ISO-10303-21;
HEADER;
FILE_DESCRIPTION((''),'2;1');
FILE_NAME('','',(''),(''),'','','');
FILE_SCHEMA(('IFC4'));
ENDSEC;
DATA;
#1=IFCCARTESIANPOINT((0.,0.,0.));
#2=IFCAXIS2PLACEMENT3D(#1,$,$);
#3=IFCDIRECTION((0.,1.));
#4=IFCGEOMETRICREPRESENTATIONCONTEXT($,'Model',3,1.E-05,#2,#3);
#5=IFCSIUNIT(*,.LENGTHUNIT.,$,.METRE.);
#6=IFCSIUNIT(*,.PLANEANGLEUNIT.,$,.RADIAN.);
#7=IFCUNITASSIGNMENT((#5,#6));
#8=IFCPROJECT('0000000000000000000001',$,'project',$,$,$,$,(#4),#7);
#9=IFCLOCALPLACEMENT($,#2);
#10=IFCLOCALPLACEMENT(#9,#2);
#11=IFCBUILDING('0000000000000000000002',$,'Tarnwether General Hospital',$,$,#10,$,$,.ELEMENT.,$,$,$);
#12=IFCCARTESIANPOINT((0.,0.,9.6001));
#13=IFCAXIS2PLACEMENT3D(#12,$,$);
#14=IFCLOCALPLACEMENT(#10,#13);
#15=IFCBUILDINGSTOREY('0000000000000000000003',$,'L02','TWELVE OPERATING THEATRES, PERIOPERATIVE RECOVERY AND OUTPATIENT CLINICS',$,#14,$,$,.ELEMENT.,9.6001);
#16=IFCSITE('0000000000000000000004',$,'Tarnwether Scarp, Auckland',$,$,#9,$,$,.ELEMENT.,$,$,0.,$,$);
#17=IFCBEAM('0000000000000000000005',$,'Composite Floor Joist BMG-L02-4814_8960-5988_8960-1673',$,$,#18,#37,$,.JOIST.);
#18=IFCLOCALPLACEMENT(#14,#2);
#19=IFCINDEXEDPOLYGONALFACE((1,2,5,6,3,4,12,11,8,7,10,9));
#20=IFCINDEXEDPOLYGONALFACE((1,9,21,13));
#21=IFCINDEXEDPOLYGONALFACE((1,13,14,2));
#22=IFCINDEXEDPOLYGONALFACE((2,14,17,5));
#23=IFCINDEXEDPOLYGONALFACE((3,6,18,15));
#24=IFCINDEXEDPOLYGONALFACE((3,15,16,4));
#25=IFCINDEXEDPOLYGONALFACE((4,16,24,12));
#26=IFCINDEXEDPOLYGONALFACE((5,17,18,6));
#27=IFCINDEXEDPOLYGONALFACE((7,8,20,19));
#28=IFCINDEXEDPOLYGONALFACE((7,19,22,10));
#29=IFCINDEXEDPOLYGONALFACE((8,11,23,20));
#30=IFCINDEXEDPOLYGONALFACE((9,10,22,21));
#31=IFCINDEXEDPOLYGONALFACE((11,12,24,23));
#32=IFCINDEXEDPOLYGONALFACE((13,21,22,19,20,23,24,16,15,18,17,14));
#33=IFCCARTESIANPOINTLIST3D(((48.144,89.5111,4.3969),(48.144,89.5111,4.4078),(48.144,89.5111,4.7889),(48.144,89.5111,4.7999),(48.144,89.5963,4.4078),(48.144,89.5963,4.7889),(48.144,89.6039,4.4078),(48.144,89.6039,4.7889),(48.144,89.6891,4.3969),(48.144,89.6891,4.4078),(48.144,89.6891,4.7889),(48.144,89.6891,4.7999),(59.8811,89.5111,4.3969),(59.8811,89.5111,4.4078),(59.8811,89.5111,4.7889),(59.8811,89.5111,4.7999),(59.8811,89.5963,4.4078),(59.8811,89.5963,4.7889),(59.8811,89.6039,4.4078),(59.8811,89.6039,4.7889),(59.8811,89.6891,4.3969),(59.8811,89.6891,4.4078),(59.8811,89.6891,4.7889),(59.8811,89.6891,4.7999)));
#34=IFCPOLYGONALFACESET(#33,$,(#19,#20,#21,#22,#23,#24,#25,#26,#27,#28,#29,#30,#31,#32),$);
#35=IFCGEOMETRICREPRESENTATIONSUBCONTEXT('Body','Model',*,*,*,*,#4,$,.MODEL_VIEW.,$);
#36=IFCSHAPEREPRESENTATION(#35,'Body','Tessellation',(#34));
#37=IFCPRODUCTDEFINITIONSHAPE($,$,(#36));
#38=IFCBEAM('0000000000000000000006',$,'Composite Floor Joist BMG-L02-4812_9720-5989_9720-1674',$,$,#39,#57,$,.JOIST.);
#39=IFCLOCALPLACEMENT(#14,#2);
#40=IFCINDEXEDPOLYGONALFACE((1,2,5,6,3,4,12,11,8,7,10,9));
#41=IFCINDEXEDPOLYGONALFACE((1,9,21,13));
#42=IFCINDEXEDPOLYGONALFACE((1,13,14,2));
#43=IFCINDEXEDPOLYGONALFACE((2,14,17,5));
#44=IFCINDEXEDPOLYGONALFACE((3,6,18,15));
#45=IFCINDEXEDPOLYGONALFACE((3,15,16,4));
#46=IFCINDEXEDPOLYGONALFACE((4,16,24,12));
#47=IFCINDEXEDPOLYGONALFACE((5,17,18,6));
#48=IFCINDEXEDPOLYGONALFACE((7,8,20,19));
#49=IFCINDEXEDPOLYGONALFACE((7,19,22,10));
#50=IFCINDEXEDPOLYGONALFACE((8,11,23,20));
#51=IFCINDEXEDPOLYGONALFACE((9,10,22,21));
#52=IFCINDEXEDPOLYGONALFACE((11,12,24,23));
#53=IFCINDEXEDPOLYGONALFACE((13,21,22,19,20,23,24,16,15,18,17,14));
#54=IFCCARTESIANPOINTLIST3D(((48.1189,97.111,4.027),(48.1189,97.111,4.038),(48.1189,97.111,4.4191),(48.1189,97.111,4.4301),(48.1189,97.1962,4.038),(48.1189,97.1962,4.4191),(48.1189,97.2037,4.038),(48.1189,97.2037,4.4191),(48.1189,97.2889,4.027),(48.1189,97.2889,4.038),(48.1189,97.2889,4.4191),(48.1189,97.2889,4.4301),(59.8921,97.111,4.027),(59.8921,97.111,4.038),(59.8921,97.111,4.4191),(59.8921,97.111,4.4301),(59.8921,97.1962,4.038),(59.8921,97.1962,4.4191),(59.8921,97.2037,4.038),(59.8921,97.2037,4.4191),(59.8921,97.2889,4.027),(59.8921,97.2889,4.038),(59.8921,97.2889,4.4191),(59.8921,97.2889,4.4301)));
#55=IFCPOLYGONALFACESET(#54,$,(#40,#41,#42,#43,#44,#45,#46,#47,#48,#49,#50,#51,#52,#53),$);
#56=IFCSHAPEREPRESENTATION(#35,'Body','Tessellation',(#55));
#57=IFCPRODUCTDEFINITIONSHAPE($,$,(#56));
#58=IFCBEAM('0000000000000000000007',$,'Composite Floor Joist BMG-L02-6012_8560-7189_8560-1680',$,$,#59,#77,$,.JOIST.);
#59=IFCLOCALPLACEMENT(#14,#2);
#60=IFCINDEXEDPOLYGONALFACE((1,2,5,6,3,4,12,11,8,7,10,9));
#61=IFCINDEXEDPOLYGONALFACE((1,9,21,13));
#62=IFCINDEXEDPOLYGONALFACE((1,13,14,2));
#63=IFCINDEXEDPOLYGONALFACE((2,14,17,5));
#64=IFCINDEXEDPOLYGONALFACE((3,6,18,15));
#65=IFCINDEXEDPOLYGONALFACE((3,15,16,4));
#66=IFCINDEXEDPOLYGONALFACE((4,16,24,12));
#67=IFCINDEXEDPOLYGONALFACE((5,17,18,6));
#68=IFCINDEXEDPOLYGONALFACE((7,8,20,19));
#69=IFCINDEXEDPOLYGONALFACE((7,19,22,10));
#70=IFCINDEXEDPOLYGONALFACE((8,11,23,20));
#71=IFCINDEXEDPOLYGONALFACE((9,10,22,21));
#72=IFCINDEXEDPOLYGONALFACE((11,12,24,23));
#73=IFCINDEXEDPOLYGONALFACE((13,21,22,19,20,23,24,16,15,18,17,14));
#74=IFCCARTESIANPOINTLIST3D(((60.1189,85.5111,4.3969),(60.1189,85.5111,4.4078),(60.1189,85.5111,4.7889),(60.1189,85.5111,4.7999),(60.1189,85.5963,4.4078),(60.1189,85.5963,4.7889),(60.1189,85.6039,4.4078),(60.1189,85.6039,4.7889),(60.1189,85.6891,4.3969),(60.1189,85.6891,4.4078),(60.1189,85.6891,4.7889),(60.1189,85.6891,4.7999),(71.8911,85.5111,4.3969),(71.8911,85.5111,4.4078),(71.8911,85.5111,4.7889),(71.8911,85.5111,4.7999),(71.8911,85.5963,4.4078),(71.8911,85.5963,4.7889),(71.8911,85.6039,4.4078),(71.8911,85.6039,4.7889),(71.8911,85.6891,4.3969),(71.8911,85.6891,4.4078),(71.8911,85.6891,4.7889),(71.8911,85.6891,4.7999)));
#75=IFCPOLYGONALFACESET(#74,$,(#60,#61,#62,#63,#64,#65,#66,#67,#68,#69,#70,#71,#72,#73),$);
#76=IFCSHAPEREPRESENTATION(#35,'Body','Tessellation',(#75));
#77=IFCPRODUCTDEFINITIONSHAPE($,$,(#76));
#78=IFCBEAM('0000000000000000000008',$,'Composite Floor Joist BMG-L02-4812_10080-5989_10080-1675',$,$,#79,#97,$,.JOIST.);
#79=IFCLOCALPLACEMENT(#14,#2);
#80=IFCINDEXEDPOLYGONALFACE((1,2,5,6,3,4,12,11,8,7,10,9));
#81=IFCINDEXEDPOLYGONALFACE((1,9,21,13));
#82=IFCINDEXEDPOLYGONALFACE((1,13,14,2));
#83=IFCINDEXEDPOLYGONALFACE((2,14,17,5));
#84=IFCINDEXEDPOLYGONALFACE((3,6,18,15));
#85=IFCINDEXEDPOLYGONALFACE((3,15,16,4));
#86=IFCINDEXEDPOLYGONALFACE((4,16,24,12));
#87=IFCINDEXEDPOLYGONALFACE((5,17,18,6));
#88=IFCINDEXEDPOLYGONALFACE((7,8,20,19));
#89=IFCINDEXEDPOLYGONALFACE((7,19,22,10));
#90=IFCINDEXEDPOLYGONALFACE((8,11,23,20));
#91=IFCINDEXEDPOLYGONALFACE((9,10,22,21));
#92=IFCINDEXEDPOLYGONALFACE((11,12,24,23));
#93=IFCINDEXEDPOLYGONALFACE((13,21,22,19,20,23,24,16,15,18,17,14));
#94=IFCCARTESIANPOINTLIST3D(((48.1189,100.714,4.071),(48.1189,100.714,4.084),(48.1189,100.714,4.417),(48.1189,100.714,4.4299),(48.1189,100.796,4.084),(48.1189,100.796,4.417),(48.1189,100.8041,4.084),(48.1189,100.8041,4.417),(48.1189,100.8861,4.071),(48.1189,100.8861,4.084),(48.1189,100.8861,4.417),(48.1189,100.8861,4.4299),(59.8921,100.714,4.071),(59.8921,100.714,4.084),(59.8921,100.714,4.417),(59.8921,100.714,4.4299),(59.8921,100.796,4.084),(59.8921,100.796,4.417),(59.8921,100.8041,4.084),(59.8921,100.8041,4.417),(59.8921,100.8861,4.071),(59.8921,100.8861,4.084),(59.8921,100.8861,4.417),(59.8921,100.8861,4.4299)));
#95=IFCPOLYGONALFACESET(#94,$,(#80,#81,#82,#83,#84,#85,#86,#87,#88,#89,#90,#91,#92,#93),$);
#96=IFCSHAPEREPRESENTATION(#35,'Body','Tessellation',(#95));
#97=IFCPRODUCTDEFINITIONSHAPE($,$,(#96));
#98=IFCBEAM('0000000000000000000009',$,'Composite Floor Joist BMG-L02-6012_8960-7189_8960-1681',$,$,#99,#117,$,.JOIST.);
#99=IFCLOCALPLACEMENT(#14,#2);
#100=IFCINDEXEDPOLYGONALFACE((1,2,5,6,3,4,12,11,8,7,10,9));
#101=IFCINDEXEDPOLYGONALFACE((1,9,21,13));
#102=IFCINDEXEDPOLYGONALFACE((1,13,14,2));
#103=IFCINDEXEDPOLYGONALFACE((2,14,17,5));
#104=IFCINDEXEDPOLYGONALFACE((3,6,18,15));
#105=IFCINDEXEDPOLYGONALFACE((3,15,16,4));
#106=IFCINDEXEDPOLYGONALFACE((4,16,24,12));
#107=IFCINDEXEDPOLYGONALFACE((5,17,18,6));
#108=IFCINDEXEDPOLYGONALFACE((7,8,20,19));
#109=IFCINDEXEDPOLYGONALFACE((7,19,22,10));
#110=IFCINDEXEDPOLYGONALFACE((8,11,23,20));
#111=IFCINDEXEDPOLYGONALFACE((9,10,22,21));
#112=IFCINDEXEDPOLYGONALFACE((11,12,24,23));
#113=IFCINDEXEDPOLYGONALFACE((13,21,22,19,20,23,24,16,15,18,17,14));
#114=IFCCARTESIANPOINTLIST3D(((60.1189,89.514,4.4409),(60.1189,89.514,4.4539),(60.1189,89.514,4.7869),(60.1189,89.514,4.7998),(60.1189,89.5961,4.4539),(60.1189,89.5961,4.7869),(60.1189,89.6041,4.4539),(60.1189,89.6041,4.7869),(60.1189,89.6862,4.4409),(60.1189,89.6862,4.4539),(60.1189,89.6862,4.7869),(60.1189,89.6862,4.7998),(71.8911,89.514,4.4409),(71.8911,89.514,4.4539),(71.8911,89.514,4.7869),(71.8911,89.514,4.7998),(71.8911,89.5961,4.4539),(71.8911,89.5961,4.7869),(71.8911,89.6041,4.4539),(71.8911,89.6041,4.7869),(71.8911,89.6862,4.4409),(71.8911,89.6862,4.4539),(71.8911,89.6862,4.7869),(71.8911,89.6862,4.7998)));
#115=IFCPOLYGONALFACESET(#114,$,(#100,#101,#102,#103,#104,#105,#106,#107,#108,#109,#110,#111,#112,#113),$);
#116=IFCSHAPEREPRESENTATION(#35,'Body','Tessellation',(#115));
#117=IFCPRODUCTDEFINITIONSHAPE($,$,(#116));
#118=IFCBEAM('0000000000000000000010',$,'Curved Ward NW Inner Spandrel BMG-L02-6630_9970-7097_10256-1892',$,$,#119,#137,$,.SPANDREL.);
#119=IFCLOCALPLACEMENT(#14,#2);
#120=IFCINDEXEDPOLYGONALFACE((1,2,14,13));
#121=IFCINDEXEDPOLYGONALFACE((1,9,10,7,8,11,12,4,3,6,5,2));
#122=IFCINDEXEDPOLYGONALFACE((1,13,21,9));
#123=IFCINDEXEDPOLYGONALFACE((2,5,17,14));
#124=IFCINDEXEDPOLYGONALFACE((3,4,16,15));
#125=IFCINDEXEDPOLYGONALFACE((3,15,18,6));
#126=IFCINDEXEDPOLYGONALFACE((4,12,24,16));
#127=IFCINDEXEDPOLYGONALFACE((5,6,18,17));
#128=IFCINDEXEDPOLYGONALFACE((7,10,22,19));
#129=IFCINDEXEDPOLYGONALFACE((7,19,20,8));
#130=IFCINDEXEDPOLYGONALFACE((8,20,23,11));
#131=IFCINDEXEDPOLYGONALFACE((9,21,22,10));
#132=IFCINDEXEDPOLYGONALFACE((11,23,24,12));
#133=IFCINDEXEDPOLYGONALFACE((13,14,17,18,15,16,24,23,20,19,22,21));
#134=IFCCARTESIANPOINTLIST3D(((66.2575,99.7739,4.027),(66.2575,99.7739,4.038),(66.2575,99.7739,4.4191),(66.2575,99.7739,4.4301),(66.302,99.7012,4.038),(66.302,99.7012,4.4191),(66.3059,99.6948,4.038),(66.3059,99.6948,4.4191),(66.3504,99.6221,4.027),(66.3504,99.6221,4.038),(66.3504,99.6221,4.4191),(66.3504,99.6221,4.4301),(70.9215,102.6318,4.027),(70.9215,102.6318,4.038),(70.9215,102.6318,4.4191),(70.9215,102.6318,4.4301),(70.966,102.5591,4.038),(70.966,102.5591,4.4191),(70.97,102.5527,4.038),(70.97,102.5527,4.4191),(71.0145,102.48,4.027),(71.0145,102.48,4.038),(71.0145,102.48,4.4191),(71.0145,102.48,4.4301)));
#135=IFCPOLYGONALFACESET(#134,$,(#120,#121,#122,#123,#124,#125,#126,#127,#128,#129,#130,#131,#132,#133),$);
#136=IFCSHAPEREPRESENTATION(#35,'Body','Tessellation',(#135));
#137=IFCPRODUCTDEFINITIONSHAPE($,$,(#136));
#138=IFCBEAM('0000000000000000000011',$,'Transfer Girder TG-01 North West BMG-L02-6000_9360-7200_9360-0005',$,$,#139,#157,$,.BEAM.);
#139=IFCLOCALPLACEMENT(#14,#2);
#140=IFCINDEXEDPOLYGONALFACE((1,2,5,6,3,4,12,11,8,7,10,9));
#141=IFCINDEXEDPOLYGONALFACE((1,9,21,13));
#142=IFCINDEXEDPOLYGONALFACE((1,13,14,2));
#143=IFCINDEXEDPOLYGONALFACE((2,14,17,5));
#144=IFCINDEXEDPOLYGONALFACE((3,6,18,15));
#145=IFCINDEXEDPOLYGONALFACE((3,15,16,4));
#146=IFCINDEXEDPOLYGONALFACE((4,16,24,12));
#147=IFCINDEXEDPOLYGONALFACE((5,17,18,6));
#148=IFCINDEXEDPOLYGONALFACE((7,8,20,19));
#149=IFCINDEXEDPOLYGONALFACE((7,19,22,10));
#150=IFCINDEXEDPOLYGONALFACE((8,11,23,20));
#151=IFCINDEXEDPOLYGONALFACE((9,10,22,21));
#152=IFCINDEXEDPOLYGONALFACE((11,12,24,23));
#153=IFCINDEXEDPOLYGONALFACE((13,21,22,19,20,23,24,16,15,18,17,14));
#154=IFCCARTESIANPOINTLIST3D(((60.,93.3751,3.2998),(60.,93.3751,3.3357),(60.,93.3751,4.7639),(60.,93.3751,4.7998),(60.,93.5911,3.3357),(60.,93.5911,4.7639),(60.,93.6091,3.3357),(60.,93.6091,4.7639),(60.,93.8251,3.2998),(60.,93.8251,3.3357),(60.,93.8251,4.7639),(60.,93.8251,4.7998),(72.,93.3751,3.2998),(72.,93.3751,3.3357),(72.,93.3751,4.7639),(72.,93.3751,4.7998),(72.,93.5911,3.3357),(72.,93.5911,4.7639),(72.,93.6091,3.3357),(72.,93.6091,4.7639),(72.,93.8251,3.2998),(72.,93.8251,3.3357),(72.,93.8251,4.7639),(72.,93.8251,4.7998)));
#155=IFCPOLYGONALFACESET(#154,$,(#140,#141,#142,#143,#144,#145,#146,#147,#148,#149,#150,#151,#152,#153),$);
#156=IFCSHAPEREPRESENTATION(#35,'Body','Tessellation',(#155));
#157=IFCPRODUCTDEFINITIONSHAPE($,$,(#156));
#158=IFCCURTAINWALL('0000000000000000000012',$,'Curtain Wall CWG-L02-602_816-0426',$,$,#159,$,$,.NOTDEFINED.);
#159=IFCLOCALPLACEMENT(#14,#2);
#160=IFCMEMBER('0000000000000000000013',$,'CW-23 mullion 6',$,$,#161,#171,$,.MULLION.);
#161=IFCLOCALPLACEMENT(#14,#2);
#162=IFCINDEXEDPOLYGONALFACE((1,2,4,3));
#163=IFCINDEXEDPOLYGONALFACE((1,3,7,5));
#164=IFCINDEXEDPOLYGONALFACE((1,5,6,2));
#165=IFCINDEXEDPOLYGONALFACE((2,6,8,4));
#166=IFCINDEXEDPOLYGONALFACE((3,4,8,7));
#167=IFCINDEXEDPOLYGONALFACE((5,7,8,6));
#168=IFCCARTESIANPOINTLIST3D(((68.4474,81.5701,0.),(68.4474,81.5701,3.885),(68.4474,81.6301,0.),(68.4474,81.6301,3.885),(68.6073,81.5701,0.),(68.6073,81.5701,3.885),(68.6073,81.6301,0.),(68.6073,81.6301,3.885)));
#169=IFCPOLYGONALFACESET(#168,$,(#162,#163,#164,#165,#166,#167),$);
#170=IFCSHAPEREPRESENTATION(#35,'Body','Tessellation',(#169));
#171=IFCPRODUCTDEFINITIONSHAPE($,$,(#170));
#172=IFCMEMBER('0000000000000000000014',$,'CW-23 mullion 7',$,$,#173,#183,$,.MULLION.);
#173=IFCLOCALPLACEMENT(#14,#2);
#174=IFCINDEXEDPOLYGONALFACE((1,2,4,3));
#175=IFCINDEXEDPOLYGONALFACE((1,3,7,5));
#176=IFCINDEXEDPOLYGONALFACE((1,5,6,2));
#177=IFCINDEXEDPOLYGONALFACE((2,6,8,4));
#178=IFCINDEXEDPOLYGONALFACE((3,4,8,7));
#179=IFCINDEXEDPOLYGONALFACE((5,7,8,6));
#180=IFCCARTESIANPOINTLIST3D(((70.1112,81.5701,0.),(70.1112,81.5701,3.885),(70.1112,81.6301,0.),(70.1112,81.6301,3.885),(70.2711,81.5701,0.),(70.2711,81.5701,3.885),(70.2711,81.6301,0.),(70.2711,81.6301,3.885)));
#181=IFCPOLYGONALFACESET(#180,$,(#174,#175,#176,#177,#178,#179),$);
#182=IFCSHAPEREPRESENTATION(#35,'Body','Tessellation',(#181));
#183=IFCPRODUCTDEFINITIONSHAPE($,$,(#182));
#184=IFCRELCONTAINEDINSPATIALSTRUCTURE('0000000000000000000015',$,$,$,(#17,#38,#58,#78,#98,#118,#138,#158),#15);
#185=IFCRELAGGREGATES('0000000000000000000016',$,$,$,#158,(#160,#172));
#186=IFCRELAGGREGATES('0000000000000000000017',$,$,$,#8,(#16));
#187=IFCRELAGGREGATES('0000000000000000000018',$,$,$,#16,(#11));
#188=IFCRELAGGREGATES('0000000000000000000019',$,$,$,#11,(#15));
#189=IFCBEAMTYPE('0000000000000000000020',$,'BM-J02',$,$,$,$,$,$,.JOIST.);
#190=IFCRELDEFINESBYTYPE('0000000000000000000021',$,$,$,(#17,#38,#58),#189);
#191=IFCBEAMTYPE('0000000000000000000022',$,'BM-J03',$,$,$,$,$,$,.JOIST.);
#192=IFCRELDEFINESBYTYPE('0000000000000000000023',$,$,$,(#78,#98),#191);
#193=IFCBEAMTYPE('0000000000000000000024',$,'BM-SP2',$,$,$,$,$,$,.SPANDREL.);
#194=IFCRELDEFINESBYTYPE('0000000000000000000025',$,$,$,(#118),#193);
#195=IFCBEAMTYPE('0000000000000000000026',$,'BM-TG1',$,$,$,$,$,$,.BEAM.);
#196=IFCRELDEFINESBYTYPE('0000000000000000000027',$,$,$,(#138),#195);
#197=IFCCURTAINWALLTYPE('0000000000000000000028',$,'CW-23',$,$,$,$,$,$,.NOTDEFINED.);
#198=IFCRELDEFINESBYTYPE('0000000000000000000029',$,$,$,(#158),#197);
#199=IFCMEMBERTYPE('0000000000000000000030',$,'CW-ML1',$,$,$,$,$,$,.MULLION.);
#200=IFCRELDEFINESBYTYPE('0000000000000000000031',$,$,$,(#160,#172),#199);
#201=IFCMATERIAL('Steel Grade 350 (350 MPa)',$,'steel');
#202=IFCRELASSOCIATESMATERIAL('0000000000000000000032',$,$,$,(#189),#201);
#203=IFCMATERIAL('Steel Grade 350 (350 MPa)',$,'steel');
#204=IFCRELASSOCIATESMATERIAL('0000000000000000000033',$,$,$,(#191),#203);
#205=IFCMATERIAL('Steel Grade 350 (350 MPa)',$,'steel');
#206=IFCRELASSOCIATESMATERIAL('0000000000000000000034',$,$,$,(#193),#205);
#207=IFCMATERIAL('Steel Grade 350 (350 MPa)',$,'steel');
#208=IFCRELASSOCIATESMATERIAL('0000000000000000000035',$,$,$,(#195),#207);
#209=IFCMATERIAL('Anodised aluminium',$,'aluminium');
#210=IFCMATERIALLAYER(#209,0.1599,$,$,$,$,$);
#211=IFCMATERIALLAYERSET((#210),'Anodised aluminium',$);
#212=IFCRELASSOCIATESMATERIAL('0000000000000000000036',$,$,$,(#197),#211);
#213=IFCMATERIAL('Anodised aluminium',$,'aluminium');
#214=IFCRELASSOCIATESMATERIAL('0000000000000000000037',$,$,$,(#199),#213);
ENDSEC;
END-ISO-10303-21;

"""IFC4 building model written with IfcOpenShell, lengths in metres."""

from ifc_helpers import new_model, si_unit, direction, frame, origin, origin_2d, place, context, subcontext, project, spatial, rectangle, i_section, extrude, material, layer, layer_set, material_profile, profile_set, type_object, element, aggregate, save


model = new_model("IFC4")

# Units and contexts
model_context = context("Model", 3, precision=1e-05, world=origin(), true_north=direction((0.0, 1.0)))
body_context = subcontext(model_context, "Body", "Model", "MODEL_VIEW")
ifc_project = project(units=[si_unit("LENGTHUNIT", "METRE"), si_unit("PLANEANGLEUNIT", "RADIAN")], contexts=[model_context])

# Site, building, storey
site_placement = place(None, origin())
site = spatial("IfcSite", under=ifc_project, at=site_placement, Name="Tarnwether Scarp, Auckland", CompositionType="ELEMENT", RefElevation=0.0)
building_placement = place(site_placement, origin())
building = spatial("IfcBuilding", under=site, at=building_placement, Name="Tarnwether General Hospital", CompositionType="ELEMENT")
storey_placement = place(building_placement, frame((0.0, 0.0, 9.6001)))
storey = spatial("IfcBuildingStorey", under=building, at=storey_placement, Name="L02", Description="TWELVE OPERATING THEATRES, PERIOPERATIVE RECOVERY AND OUTPATIENT CLINICS", CompositionType="ELEMENT", Elevation=9.6001)

# Beams
ifc_material_1 = material(Name="Steel Grade 350 (350 MPa)", Category="steel")
ifc_material_profile_1 = material_profile(ifc_material_1, i_section(OverallWidth=0.178, OverallDepth=0.4031, WebThickness=0.0076, FlangeThickness=0.011, at=origin_2d()), Name="410UB53.7")
ifc_profile_set_1 = profile_set([ifc_material_profile_1], Name="Steel Grade 350 (350 MPa)")
beam_type_1 = type_object("IfcBeamType", Name="BM-J02", PredefinedType="JOIST", material=ifc_profile_set_1)
beam_1_placement = place(storey_placement, frame((48.144, 89.6001, 4.5984), z_axis=(1.0, 0.0, 0.0), x_axis=(0.0, 1.0, 0.0)))
element("IfcBeam", 1, at=beam_1_placement, inside=storey, type_object=beam_type_1, Name="Composite Floor Joist BMG-L02-4814_8960-5988_8960-1673", PredefinedType="JOIST", context=body_context, shape_type="SweptSolid", body=[
    extrude(i_section(OverallWidth=0.178, OverallDepth=0.4031, WebThickness=0.0076, FlangeThickness=0.011, at=origin_2d()), origin(), (0.0, 0.0, 1.0), 11.7371),
])
beam_2_placement = place(storey_placement, frame((48.1189, 97.2, 4.2285), z_axis=(1.0, 0.0, 0.0), x_axis=(0.0, 1.0, 0.0)))
element("IfcBeam", 2, at=beam_2_placement, inside=storey, type_object=beam_type_1, Name="Composite Floor Joist BMG-L02-4812_9720-5989_9720-1674", PredefinedType="JOIST", context=body_context, shape_type="SweptSolid", body=[
    extrude(i_section(OverallWidth=0.178, OverallDepth=0.4031, WebThickness=0.0076, FlangeThickness=0.011, at=origin_2d()), origin(), (0.0, 0.0, 1.0), 11.7732),
])
beam_3_placement = place(storey_placement, frame((60.1189, 85.6001, 4.5984), z_axis=(1.0, 0.0, 0.0), x_axis=(0.0, 1.0, 0.0)))
element("IfcBeam", 3, at=beam_3_placement, inside=storey, type_object=beam_type_1, Name="Composite Floor Joist BMG-L02-6012_8560-7189_8560-1680", PredefinedType="JOIST", context=body_context, shape_type="SweptSolid", body=[
    extrude(i_section(OverallWidth=0.178, OverallDepth=0.4031, WebThickness=0.0076, FlangeThickness=0.011, at=origin_2d()), origin(), (0.0, 0.0, 1.0), 11.7722),
])
ifc_material_2 = material(Name="Steel Grade 350 (350 MPa)", Category="steel")
ifc_material_profile_2 = material_profile(ifc_material_2, i_section(OverallWidth=0.1721, OverallDepth=0.3589, WebThickness=0.0081, FlangeThickness=0.0129, at=origin_2d()), Name="360UB56.7")
ifc_profile_set_2 = profile_set([ifc_material_profile_2], Name="Steel Grade 350 (350 MPa)")
beam_type_2 = type_object("IfcBeamType", Name="BM-J03", PredefinedType="JOIST", material=ifc_profile_set_2)
beam_4_placement = place(storey_placement, frame((48.1189, 100.8, 4.2505), z_axis=(1.0, 0.0, 0.0), x_axis=(0.0, 1.0, 0.0)))
element("IfcBeam", 4, at=beam_4_placement, inside=storey, type_object=beam_type_2, Name="Composite Floor Joist BMG-L02-4812_10080-5989_10080-1675", PredefinedType="JOIST", context=body_context, shape_type="SweptSolid", body=[
    extrude(i_section(OverallWidth=0.1721, OverallDepth=0.3589, WebThickness=0.0081, FlangeThickness=0.0129, at=origin_2d()), origin(), (0.0, 0.0, 1.0), 11.7732),
])
beam_5_placement = place(storey_placement, frame((60.1189, 89.6001, 4.6204), z_axis=(1.0, 0.0, 0.0), x_axis=(0.0, 1.0, 0.0)))
element("IfcBeam", 5, at=beam_5_placement, inside=storey, type_object=beam_type_2, Name="Composite Floor Joist BMG-L02-6012_8960-7189_8960-1681", PredefinedType="JOIST", context=body_context, shape_type="SweptSolid", body=[
    extrude(i_section(OverallWidth=0.1721, OverallDepth=0.3589, WebThickness=0.0081, FlangeThickness=0.0129, at=origin_2d()), origin(), (0.0, 0.0, 1.0), 11.7722),
])
ifc_material_3 = material(Name="Steel Grade 350 (350 MPa)", Category="steel")
ifc_material_profile_3 = material_profile(ifc_material_3, i_section(OverallWidth=0.178, OverallDepth=0.4031, WebThickness=0.0076, FlangeThickness=0.011, at=origin_2d()), Name="410UB53.7")
ifc_profile_set_3 = profile_set([ifc_material_profile_3], Name="Steel Grade 350 (350 MPa)")
beam_type_3 = type_object("IfcBeamType", Name="BM-SP2", PredefinedType="SPANDREL", material=ifc_profile_set_3)
beam_6_placement = place(storey_placement, frame((66.304, 99.698, 4.2285), z_axis=(0.852659, 0.522468, 0.0), x_axis=(-0.522468, 0.852659, 0.0)))
element("IfcBeam", 6, at=beam_6_placement, inside=storey, type_object=beam_type_3, Name="Curved Ward NW Inner Spandrel BMG-L02-6630_9970-7097_10256-1892", PredefinedType="SPANDREL", context=body_context, shape_type="SweptSolid", body=[
    extrude(i_section(OverallWidth=0.178, OverallDepth=0.4031, WebThickness=0.0076, FlangeThickness=0.011, at=origin_2d()), origin(), (0.0, 0.0, 1.0), 5.47),
])
ifc_material_4 = material(Name="Steel Grade 350 (350 MPa)", Category="steel")
ifc_material_profile_4 = material_profile(ifc_material_4, i_section(OverallWidth=0.45, OverallDepth=1.5, WebThickness=0.0181, FlangeThickness=0.0359, at=origin_2d()), Name="1500WB420")
ifc_profile_set_4 = profile_set([ifc_material_profile_4], Name="Steel Grade 350 (350 MPa)")
beam_type_4 = type_object("IfcBeamType", Name="BM-TG1", PredefinedType="BEAM", material=ifc_profile_set_4)
beam_7_placement = place(storey_placement, frame((60.0, 93.6001, 4.0498), z_axis=(1.0, 0.0, 0.0), x_axis=(0.0, 1.0, 0.0)))
element("IfcBeam", 7, at=beam_7_placement, inside=storey, type_object=beam_type_4, Name="Transfer Girder TG-01 North West BMG-L02-6000_9360-7200_9360-0005", PredefinedType="BEAM", context=body_context, shape_type="SweptSolid", body=[
    extrude(i_section(OverallWidth=0.45, OverallDepth=1.5, WebThickness=0.0181, FlangeThickness=0.0359, at=origin_2d()), origin(), (0.0, 0.0, 1.0), 12.0),
])

# Curtain wall, members
ifc_material_5 = material(Name="Anodised aluminium", Category="aluminium")
ifc_layer_1 = layer(ifc_material_5, 0.1599)
ifc_layer_set_1 = layer_set([ifc_layer_1], Name="Anodised aluminium")
curtain_wall_type = type_object("IfcCurtainWallType", Name="CW-23", PredefinedType="NOTDEFINED", material=ifc_layer_set_1)
curtain_wall_placement = place(storey_placement, origin())
curtain_wall = element("IfcCurtainWall", 8, at=curtain_wall_placement, inside=storey, type_object=curtain_wall_type, Name="Curtain Wall CWG-L02-602_816-0426", PredefinedType="NOTDEFINED")
ifc_material_6 = material(Name="Anodised aluminium", Category="aluminium")
ifc_material_profile_5 = material_profile(ifc_material_6, rectangle(XDim=0.0601, YDim=0.1599, at=origin_2d()), Name="ALU-MUL-60x160")
ifc_profile_set_5 = profile_set([ifc_material_profile_5], Name="Anodised aluminium")
member_type_1 = type_object("IfcMemberType", Name="CW-ML1", PredefinedType="MULLION", material=ifc_profile_set_5)
member_1_placement = place(storey_placement, frame((68.5273, 81.6001, 0.0), z_axis=(0.0, 0.0, 1.0), x_axis=(0.0, 1.0, 0.0)))
member_1 = element("IfcMember", 9, at=member_1_placement, type_object=member_type_1, Name="CW-23 mullion 6", PredefinedType="MULLION", context=body_context, shape_type="SweptSolid", body=[
    extrude(rectangle(XDim=0.0601, YDim=0.1599, at=origin_2d()), origin(), (0.0, 0.0, 1.0), 3.885),
])
member_2_placement = place(storey_placement, frame((70.1912, 81.6001, 0.0), z_axis=(0.0, 0.0, 1.0), x_axis=(0.0, 1.0, 0.0)))
member_2 = element("IfcMember", 10, at=member_2_placement, type_object=member_type_1, Name="CW-23 mullion 7", PredefinedType="MULLION", context=body_context, shape_type="SweptSolid", body=[
    extrude(rectangle(XDim=0.0601, YDim=0.1599, at=origin_2d()), origin(), (0.0, 0.0, 1.0), 3.885),
])
aggregate(curtain_wall, [member_1, member_2])

save(model, "model.ifc")
